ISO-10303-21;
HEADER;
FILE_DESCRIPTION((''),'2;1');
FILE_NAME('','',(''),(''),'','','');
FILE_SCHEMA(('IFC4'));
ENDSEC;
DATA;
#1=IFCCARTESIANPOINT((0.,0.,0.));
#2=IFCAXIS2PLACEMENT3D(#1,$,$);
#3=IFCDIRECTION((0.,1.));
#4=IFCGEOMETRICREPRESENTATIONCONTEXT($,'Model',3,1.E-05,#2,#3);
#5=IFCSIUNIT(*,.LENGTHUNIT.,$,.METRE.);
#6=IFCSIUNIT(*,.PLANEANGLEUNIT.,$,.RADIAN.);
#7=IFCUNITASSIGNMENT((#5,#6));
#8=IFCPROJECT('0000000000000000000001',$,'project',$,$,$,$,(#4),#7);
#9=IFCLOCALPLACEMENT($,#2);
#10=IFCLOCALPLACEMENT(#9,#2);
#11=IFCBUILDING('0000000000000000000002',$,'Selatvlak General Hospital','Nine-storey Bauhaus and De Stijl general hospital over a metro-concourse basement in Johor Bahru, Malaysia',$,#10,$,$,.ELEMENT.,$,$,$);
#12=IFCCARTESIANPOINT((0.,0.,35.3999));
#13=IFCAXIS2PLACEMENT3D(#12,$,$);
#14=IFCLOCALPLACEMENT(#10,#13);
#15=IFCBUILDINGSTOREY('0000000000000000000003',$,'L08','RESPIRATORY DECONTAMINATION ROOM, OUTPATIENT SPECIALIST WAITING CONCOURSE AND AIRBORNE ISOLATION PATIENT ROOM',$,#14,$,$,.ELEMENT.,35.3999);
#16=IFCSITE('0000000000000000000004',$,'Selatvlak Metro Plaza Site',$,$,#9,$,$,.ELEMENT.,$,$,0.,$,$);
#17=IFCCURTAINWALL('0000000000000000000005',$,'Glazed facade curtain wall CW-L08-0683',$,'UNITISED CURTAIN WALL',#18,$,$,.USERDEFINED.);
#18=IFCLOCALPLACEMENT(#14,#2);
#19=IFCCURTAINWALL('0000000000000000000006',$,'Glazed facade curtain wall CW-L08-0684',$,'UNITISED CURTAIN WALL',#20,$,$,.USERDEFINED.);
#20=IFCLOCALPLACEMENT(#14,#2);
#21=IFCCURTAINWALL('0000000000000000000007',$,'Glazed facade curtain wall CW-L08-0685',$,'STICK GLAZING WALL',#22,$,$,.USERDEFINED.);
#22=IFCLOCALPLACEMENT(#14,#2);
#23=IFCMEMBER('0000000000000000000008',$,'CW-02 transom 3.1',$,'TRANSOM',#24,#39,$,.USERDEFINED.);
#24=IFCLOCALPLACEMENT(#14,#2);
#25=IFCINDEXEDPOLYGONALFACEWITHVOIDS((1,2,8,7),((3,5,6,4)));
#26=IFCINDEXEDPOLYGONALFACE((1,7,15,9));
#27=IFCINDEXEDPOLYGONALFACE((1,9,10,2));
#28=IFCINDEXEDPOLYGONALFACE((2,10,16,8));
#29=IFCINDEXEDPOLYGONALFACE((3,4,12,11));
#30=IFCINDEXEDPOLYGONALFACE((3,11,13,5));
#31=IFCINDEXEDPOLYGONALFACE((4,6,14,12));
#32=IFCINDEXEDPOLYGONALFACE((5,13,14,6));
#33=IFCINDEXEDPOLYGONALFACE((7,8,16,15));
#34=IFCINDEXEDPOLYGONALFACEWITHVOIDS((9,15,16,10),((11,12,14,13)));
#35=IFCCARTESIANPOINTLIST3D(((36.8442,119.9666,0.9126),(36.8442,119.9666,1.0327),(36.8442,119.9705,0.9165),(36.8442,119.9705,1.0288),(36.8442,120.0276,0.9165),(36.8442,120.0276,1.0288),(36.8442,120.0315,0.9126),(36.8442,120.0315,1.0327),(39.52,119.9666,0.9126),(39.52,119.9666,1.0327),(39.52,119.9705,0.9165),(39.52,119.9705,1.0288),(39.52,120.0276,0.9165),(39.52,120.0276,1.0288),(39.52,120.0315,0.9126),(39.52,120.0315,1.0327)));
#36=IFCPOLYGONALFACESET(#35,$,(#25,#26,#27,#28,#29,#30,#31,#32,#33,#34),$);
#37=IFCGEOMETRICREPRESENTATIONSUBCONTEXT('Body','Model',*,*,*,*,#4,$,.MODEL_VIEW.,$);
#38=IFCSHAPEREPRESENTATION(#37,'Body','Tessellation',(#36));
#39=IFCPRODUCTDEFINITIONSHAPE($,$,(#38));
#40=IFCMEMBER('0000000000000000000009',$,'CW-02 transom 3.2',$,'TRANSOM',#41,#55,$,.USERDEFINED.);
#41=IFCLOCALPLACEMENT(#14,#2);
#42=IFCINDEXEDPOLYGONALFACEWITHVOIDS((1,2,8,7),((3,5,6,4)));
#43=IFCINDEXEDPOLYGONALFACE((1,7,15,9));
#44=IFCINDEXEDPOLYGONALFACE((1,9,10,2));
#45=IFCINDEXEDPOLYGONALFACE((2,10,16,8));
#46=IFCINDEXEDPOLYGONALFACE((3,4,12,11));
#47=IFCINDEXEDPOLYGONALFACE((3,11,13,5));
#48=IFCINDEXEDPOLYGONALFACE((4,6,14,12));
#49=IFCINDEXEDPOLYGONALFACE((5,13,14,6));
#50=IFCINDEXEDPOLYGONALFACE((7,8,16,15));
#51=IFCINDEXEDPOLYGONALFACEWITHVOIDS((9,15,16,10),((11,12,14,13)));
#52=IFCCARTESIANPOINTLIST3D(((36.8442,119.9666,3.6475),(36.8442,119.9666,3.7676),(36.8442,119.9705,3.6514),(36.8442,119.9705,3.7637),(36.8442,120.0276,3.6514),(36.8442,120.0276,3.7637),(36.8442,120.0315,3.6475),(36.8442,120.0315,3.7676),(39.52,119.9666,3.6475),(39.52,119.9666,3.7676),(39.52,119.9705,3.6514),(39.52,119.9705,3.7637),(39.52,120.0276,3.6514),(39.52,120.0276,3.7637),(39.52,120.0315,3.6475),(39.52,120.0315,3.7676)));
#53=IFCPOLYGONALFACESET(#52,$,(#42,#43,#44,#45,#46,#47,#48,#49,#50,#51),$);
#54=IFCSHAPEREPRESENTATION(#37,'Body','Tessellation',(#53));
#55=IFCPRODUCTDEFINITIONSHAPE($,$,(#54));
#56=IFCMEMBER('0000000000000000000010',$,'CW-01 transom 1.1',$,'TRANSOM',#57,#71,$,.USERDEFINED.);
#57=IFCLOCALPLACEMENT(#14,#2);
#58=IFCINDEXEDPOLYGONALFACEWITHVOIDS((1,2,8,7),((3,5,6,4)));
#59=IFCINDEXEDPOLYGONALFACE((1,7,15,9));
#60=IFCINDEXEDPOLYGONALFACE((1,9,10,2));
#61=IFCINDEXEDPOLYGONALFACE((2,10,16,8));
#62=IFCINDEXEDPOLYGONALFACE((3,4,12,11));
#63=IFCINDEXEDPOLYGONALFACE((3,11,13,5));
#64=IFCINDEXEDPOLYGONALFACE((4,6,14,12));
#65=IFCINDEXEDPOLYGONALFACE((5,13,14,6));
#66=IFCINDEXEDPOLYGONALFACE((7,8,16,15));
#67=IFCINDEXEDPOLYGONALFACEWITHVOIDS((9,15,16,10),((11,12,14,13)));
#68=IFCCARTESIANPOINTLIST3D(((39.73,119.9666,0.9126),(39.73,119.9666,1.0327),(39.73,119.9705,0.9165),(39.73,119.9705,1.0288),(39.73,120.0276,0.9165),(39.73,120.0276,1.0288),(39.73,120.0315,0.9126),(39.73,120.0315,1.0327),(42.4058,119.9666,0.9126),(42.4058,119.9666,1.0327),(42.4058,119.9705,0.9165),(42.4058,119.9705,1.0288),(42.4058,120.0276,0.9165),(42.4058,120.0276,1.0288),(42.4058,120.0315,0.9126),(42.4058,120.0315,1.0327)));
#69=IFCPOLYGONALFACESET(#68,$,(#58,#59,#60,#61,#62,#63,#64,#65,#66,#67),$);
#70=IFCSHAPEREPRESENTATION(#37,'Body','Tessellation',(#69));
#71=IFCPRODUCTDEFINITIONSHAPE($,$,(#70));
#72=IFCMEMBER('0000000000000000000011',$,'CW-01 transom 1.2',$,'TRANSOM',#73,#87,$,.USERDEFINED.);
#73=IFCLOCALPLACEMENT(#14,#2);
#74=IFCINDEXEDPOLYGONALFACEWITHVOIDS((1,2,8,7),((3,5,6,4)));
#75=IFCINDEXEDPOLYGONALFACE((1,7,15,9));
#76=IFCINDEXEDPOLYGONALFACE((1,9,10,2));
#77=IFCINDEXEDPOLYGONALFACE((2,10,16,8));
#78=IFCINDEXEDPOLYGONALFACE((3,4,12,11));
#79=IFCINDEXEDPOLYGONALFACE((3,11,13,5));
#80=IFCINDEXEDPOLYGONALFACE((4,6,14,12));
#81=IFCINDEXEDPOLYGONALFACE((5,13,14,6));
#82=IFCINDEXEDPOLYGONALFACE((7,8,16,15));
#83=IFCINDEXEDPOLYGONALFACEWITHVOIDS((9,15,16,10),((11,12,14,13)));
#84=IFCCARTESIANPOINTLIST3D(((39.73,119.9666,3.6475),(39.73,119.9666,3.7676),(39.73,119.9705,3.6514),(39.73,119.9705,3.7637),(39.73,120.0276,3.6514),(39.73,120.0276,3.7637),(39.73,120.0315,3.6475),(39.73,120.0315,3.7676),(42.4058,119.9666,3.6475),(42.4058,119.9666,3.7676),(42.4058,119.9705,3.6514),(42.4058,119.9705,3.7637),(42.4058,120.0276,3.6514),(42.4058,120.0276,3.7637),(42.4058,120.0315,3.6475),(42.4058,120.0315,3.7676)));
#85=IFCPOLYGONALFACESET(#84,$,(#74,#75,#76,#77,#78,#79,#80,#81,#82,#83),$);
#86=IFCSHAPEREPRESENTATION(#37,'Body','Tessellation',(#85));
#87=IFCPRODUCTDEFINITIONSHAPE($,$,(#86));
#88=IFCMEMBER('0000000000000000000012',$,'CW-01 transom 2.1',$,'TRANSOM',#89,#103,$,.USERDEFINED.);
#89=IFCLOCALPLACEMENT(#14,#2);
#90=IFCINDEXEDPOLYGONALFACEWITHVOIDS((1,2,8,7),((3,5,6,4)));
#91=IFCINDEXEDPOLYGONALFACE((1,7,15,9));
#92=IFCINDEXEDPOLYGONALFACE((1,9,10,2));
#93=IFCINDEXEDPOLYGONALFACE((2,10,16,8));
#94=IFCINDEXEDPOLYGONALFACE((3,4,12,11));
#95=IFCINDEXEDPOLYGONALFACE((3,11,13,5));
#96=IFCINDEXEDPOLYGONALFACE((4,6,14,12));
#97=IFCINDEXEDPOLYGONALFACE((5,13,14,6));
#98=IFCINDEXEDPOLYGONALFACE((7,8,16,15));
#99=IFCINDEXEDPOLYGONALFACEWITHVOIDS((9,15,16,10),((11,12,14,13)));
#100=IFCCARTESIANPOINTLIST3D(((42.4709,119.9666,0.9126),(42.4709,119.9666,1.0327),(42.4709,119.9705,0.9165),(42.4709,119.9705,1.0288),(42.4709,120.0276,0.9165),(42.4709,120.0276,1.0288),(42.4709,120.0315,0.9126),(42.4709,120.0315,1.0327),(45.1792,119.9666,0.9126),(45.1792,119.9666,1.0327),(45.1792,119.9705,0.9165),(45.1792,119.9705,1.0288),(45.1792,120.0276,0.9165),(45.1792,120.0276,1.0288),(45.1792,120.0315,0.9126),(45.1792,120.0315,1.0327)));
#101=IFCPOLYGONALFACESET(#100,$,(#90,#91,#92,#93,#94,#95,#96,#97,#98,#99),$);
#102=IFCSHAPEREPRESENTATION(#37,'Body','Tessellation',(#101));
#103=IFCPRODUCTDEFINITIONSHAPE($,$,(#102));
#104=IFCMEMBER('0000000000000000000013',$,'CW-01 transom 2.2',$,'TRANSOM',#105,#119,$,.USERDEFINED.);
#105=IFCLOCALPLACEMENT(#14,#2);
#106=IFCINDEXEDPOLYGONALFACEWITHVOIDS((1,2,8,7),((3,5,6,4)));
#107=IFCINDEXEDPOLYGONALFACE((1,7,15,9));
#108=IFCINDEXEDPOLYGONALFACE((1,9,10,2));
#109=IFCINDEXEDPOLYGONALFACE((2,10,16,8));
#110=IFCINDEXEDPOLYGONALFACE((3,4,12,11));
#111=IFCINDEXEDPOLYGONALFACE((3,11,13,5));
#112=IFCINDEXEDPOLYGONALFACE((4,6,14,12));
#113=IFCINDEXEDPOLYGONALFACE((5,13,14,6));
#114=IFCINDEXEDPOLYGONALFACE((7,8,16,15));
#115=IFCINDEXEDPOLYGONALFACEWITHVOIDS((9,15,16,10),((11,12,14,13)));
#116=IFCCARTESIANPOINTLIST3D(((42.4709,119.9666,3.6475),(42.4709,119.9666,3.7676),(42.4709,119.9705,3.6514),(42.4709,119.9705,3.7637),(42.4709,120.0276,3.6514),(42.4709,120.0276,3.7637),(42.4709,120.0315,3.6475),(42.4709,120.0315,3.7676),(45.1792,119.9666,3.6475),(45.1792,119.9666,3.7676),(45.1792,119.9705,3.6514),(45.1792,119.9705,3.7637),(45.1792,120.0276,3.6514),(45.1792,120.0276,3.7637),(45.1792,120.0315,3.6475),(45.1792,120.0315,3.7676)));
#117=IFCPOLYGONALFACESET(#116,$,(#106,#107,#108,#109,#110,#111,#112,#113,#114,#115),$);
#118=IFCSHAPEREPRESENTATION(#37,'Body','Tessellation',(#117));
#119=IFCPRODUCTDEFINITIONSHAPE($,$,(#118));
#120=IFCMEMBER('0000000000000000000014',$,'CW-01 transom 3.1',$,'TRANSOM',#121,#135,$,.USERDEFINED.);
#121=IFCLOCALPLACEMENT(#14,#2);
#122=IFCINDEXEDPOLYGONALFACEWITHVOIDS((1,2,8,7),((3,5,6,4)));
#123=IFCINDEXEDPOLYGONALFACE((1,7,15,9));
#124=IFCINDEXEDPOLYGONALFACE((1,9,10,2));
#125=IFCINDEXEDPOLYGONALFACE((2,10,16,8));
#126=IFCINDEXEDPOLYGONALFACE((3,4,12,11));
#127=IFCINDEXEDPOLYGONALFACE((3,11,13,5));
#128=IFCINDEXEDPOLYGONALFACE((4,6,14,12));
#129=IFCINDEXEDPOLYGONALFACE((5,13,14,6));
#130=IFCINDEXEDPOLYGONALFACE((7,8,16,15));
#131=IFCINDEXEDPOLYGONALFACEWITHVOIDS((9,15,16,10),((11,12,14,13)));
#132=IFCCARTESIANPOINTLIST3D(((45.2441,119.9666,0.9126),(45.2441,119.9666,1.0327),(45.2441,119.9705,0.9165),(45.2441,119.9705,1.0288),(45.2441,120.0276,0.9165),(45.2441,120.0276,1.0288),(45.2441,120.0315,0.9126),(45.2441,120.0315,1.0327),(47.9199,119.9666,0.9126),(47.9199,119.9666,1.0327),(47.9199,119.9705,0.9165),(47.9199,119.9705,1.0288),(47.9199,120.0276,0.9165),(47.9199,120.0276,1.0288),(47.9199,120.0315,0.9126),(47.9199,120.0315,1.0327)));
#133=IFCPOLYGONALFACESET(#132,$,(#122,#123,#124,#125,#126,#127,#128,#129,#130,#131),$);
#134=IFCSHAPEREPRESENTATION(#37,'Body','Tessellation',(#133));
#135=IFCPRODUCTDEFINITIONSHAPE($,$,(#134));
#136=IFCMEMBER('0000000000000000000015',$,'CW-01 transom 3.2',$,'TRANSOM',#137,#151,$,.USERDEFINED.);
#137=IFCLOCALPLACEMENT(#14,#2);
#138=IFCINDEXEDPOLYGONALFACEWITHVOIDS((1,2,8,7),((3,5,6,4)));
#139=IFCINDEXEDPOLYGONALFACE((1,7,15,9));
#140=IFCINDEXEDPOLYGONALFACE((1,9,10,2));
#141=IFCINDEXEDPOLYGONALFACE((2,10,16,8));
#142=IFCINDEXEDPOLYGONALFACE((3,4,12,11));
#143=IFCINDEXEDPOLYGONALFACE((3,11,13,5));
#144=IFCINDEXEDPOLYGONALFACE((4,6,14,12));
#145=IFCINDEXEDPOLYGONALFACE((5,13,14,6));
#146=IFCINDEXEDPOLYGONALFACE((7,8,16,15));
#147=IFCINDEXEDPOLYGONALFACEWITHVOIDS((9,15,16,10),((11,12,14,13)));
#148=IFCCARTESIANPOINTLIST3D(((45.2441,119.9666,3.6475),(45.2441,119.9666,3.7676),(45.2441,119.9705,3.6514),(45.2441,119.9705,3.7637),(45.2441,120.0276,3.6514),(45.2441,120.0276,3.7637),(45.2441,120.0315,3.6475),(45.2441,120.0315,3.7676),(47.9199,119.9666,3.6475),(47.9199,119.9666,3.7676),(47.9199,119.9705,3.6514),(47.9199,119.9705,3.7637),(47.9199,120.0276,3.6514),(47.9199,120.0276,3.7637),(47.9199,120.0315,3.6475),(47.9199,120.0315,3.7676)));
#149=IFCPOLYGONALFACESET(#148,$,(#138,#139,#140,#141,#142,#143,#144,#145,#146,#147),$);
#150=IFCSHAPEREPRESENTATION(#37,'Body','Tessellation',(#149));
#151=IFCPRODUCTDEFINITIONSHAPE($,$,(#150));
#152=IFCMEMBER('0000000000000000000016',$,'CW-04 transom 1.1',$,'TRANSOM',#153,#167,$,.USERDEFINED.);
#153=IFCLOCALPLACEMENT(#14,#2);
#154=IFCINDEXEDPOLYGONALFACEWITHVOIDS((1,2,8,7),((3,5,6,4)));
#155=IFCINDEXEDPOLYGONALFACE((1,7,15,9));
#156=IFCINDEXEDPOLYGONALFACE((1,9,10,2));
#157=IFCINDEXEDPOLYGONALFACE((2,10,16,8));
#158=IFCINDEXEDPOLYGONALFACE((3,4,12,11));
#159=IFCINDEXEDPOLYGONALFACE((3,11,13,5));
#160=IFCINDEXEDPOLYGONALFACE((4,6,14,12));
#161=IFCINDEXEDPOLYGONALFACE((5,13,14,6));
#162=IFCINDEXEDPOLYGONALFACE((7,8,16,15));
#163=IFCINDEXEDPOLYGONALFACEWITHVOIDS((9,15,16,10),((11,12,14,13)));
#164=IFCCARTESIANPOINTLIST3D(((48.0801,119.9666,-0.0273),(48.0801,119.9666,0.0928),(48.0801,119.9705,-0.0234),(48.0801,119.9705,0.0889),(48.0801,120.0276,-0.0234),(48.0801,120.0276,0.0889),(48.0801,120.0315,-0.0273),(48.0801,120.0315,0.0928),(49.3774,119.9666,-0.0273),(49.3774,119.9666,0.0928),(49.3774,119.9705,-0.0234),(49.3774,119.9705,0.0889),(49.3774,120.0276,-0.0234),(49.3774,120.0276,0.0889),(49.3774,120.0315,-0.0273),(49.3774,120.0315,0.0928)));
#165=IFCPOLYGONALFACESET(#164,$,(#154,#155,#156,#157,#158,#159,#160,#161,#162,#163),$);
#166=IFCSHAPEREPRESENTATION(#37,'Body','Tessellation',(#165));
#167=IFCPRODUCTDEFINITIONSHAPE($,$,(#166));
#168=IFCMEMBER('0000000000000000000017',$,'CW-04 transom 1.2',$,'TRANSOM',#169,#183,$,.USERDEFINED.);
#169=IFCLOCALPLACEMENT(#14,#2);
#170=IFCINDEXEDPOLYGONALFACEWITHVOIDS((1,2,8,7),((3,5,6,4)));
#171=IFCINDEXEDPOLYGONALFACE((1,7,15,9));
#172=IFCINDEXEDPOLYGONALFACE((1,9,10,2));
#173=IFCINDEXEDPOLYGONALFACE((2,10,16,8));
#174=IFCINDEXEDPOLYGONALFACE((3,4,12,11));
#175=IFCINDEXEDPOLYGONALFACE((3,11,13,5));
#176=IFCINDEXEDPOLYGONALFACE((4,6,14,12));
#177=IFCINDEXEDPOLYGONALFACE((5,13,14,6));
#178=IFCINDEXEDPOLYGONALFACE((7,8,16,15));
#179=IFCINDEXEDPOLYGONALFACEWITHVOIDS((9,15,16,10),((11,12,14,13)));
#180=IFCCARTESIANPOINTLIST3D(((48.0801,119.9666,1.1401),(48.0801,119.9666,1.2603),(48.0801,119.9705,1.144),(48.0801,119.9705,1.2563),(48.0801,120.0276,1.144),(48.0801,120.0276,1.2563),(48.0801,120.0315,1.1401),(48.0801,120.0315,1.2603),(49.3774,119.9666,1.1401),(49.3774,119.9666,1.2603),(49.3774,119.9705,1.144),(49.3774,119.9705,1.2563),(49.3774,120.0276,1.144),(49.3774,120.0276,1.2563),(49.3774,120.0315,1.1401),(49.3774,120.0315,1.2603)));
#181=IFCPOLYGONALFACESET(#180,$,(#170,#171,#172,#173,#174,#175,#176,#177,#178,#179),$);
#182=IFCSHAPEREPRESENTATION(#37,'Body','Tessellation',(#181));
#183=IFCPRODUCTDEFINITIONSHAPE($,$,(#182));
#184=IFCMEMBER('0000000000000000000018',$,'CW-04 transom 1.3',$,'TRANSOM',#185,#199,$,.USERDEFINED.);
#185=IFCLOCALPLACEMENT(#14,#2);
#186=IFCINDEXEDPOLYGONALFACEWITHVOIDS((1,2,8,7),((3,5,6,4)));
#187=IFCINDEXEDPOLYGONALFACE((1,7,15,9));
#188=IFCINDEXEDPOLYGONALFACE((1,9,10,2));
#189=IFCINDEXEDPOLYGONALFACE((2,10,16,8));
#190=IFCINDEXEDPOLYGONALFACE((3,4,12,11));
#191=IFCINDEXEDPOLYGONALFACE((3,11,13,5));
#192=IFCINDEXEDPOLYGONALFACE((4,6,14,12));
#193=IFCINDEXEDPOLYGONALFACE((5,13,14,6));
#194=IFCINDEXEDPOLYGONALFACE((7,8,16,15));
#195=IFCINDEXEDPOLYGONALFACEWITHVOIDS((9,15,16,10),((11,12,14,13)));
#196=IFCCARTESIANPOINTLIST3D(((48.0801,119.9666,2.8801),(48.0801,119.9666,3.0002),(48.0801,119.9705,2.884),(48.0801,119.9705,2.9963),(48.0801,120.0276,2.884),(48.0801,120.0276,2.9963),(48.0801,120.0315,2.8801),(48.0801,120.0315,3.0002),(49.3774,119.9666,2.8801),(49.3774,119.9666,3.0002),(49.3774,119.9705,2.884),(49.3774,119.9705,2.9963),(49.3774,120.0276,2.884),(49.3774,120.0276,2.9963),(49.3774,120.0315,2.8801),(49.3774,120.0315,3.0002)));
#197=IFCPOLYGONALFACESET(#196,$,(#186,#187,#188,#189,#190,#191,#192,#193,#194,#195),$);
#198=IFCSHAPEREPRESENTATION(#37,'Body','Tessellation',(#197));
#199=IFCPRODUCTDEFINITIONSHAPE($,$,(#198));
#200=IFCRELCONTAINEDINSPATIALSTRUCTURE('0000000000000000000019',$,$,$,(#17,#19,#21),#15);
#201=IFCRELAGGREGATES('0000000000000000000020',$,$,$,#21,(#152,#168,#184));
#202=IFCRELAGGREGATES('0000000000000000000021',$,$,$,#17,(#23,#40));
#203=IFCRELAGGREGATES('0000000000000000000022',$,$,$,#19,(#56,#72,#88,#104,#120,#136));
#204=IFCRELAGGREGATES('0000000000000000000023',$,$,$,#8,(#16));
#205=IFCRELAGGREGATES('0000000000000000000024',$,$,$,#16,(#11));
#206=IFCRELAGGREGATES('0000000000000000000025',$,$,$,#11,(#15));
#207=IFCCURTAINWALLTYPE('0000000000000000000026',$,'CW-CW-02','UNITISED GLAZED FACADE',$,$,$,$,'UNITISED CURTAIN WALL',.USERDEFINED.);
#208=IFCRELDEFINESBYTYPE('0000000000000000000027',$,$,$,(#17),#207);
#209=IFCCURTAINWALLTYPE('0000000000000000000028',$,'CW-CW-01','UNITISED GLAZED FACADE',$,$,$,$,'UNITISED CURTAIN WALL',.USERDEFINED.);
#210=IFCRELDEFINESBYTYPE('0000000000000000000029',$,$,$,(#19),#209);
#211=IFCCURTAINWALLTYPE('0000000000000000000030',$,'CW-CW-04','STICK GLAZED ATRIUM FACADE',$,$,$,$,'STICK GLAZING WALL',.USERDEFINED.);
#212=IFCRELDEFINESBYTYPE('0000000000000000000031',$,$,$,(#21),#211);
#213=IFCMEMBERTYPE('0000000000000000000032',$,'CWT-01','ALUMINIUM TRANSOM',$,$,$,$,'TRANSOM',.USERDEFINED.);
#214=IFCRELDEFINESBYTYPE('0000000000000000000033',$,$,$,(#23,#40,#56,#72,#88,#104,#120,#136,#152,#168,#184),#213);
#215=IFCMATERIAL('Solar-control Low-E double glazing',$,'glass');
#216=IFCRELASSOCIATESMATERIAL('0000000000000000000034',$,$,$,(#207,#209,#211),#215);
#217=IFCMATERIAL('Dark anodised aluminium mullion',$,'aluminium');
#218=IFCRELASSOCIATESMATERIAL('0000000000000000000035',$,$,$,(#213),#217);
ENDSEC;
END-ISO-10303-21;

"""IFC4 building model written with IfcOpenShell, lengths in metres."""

from ifc_helpers import new_model, si_unit, direction, frame, origin, origin_2d, place, context, subcontext, project, spatial, hollow_rectangle, extrude, material, material_profile, profile_set, type_object, element, aggregate, save


model = new_model("IFC4")

# Units and contexts
model_context = context("Model", 3, precision=1e-05, world=origin(), true_north=direction((0.0, 1.0)))
body_context = subcontext(model_context, "Body", "Model", "MODEL_VIEW")
ifc_project = project(units=[si_unit("LENGTHUNIT", "METRE"), si_unit("PLANEANGLEUNIT", "RADIAN")], contexts=[model_context])

# Site, building, storey
site_placement = place(None, origin())
site = spatial("IfcSite", under=ifc_project, at=site_placement, Name="Selatvlak Metro Plaza Site", CompositionType="ELEMENT", RefElevation=0.0)
building_placement = place(site_placement, origin())
building = spatial("IfcBuilding", under=site, at=building_placement, Name="Selatvlak General Hospital", Description="Nine-storey Bauhaus and De Stijl general hospital over a metro-concourse basement in Johor Bahru, Malaysia", CompositionType="ELEMENT")
storey_placement = place(building_placement, frame((0.0, 0.0, 35.3999)))
storey = spatial("IfcBuildingStorey", under=building, at=storey_placement, Name="L08", Description="RESPIRATORY DECONTAMINATION ROOM, OUTPATIENT SPECIALIST WAITING CONCOURSE AND AIRBORNE ISOLATION PATIENT ROOM", CompositionType="ELEMENT", Elevation=35.3999)

# Curtain wall
ifc_material_1 = material(Name="Solar-control Low-E double glazing", Category="glass")
curtain_wall_type_1 = type_object("IfcCurtainWallType", Name="CW-CW-02", Description="UNITISED GLAZED FACADE", ElementType="UNITISED CURTAIN WALL", PredefinedType="USERDEFINED", material=ifc_material_1)
curtain_wall_1_placement = place(storey_placement, origin())
curtain_wall_1 = element("IfcCurtainWall", 1, at=curtain_wall_1_placement, inside=storey, type_object=curtain_wall_type_1, Name="Glazed facade curtain wall CW-L08-0683", ObjectType="UNITISED CURTAIN WALL", PredefinedType="USERDEFINED")
ifc_material_2 = material(Name="Dark anodised aluminium mullion", Category="aluminium")

# Curtain wall
curtain_wall_type_2 = type_object("IfcCurtainWallType", Name="CW-CW-01", Description="UNITISED GLAZED FACADE", ElementType="UNITISED CURTAIN WALL", PredefinedType="USERDEFINED", material=ifc_material_1)
curtain_wall_2_placement = place(storey_placement, origin())
curtain_wall_2 = element("IfcCurtainWall", 2, at=curtain_wall_2_placement, inside=storey, type_object=curtain_wall_type_2, Name="Glazed facade curtain wall CW-L08-0684", ObjectType="UNITISED CURTAIN WALL", PredefinedType="USERDEFINED")

# Curtain wall
curtain_wall_type_3 = type_object("IfcCurtainWallType", Name="CW-CW-04", Description="STICK GLAZED ATRIUM FACADE", ElementType="STICK GLAZING WALL", PredefinedType="USERDEFINED", material=ifc_material_1)
curtain_wall_3_placement = place(storey_placement, origin())
curtain_wall_3 = element("IfcCurtainWall", 3, at=curtain_wall_3_placement, inside=storey, type_object=curtain_wall_type_3, Name="Glazed facade curtain wall CW-L08-0685", ObjectType="STICK GLAZING WALL", PredefinedType="USERDEFINED")

# Members
ifc_material_profile_1 = material_profile(ifc_material_2, hollow_rectangle(XDim=0.0649, YDim=0.1201, WallThickness=0.0039, at=origin_2d()), Name="AL-TRN 65x120x4")
ifc_profile_set_1 = profile_set([ifc_material_profile_1], Name="Dark anodised aluminium mullion")
member_type_1 = type_object("IfcMemberType", Name="CWT-01", Description="ALUMINIUM TRANSOM", ElementType="TRANSOM", PredefinedType="USERDEFINED", material=ifc_profile_set_1)
member_1_placement = place(storey_placement, frame((36.8442, 119.999, 0.9727), z_axis=(1.0, 0.0, 0.0), x_axis=(0.0, 1.0, 0.0)))
member_1 = element("IfcMember", 4, at=member_1_placement, type_object=member_type_1, Name="CW-02 transom 3.1", ObjectType="TRANSOM", PredefinedType="USERDEFINED", context=body_context, shape_type="SweptSolid", body=[
    extrude(hollow_rectangle(XDim=0.0649, YDim=0.1201, WallThickness=0.0039, at=origin_2d()), origin(), (0.0, 0.0, 1.0), 2.6758),
])
member_2_placement = place(storey_placement, frame((36.8442, 119.999, 3.7075), z_axis=(1.0, 0.0, 0.0), x_axis=(0.0, 1.0, 0.0)))
member_2 = element("IfcMember", 5, at=member_2_placement, type_object=member_type_1, Name="CW-02 transom 3.2", ObjectType="TRANSOM", PredefinedType="USERDEFINED", context=body_context, shape_type="SweptSolid", body=[
    extrude(hollow_rectangle(XDim=0.0649, YDim=0.1201, WallThickness=0.0039, at=origin_2d()), origin(), (0.0, 0.0, 1.0), 2.6758),
])
member_3_placement = place(storey_placement, frame((39.73, 119.999, 0.9727), z_axis=(1.0, 0.0, 0.0), x_axis=(0.0, 1.0, 0.0)))
member_3 = element("IfcMember", 6, at=member_3_placement, type_object=member_type_1, Name="CW-01 transom 1.1", ObjectType="TRANSOM", PredefinedType="USERDEFINED", context=body_context, shape_type="SweptSolid", body=[
    extrude(hollow_rectangle(XDim=0.0649, YDim=0.1201, WallThickness=0.0039, at=origin_2d()), origin(), (0.0, 0.0, 1.0), 2.6758),
])
member_4_placement = place(storey_placement, frame((39.73, 119.999, 3.7075), z_axis=(1.0, 0.0, 0.0), x_axis=(0.0, 1.0, 0.0)))
member_4 = element("IfcMember", 7, at=member_4_placement, type_object=member_type_1, Name="CW-01 transom 1.2", ObjectType="TRANSOM", PredefinedType="USERDEFINED", context=body_context, shape_type="SweptSolid", body=[
    extrude(hollow_rectangle(XDim=0.0649, YDim=0.1201, WallThickness=0.0039, at=origin_2d()), origin(), (0.0, 0.0, 1.0), 2.6758),
])
member_5_placement = place(storey_placement, frame((42.4709, 119.999, 0.9727), z_axis=(1.0, 0.0, 0.0), x_axis=(0.0, 1.0, 0.0)))
member_5 = element("IfcMember", 8, at=member_5_placement, type_object=member_type_1, Name="CW-01 transom 2.1", ObjectType="TRANSOM", PredefinedType="USERDEFINED", context=body_context, shape_type="SweptSolid", body=[
    extrude(hollow_rectangle(XDim=0.0649, YDim=0.1201, WallThickness=0.0039, at=origin_2d()), origin(), (0.0, 0.0, 1.0), 2.7083),
])
member_6_placement = place(storey_placement, frame((42.4709, 119.999, 3.7075), z_axis=(1.0, 0.0, 0.0), x_axis=(0.0, 1.0, 0.0)))
member_6 = element("IfcMember", 9, at=member_6_placement, type_object=member_type_1, Name="CW-01 transom 2.2", ObjectType="TRANSOM", PredefinedType="USERDEFINED", context=body_context, shape_type="SweptSolid", body=[
    extrude(hollow_rectangle(XDim=0.0649, YDim=0.1201, WallThickness=0.0039, at=origin_2d()), origin(), (0.0, 0.0, 1.0), 2.7083),
])
member_7_placement = place(storey_placement, frame((45.2441, 119.999, 0.9727), z_axis=(1.0, 0.0, 0.0), x_axis=(0.0, 1.0, 0.0)))
member_7 = element("IfcMember", 10, at=member_7_placement, type_object=member_type_1, Name="CW-01 transom 3.1", ObjectType="TRANSOM", PredefinedType="USERDEFINED", context=body_context, shape_type="SweptSolid", body=[
    extrude(hollow_rectangle(XDim=0.0649, YDim=0.1201, WallThickness=0.0039, at=origin_2d()), origin(), (0.0, 0.0, 1.0), 2.6758),
])
member_8_placement = place(storey_placement, frame((45.2441, 119.999, 3.7075), z_axis=(1.0, 0.0, 0.0), x_axis=(0.0, 1.0, 0.0)))
member_8 = element("IfcMember", 11, at=member_8_placement, type_object=member_type_1, Name="CW-01 transom 3.2", ObjectType="TRANSOM", PredefinedType="USERDEFINED", context=body_context, shape_type="SweptSolid", body=[
    extrude(hollow_rectangle(XDim=0.0649, YDim=0.1201, WallThickness=0.0039, at=origin_2d()), origin(), (0.0, 0.0, 1.0), 2.6758),
])
member_9_placement = place(storey_placement, frame((48.0801, 119.999, 0.0327), z_axis=(1.0, 0.0, 0.0), x_axis=(0.0, 1.0, 0.0)))
member_9 = element("IfcMember", 12, at=member_9_placement, type_object=member_type_1, Name="CW-04 transom 1.1", ObjectType="TRANSOM", PredefinedType="USERDEFINED", context=body_context, shape_type="SweptSolid", body=[
    extrude(hollow_rectangle(XDim=0.0649, YDim=0.1201, WallThickness=0.0039, at=origin_2d()), origin(), (0.0, 0.0, 1.0), 1.2974),
])
member_10_placement = place(storey_placement, frame((48.0801, 119.999, 1.2002), z_axis=(1.0, 0.0, 0.0), x_axis=(0.0, 1.0, 0.0)))
member_10 = element("IfcMember", 13, at=member_10_placement, type_object=member_type_1, Name="CW-04 transom 1.2", ObjectType="TRANSOM", PredefinedType="USERDEFINED", context=body_context, shape_type="SweptSolid", body=[
    extrude(hollow_rectangle(XDim=0.0649, YDim=0.1201, WallThickness=0.0039, at=origin_2d()), origin(), (0.0, 0.0, 1.0), 1.2974),
])
member_11_placement = place(storey_placement, frame((48.0801, 119.999, 2.9402), z_axis=(1.0, 0.0, 0.0), x_axis=(0.0, 1.0, 0.0)))
member_11 = element("IfcMember", 14, at=member_11_placement, type_object=member_type_1, Name="CW-04 transom 1.3", ObjectType="TRANSOM", PredefinedType="USERDEFINED", context=body_context, shape_type="SweptSolid", body=[
    extrude(hollow_rectangle(XDim=0.0649, YDim=0.1201, WallThickness=0.0039, at=origin_2d()), origin(), (0.0, 0.0, 1.0), 1.2974),
])
aggregate(curtain_wall_3, [member_9, member_10, member_11])

aggregate(curtain_wall_1, [member_1, member_2])
aggregate(curtain_wall_2, [member_3, member_4, member_5, member_6, member_7, member_8])

save(model, "model.ifc")
